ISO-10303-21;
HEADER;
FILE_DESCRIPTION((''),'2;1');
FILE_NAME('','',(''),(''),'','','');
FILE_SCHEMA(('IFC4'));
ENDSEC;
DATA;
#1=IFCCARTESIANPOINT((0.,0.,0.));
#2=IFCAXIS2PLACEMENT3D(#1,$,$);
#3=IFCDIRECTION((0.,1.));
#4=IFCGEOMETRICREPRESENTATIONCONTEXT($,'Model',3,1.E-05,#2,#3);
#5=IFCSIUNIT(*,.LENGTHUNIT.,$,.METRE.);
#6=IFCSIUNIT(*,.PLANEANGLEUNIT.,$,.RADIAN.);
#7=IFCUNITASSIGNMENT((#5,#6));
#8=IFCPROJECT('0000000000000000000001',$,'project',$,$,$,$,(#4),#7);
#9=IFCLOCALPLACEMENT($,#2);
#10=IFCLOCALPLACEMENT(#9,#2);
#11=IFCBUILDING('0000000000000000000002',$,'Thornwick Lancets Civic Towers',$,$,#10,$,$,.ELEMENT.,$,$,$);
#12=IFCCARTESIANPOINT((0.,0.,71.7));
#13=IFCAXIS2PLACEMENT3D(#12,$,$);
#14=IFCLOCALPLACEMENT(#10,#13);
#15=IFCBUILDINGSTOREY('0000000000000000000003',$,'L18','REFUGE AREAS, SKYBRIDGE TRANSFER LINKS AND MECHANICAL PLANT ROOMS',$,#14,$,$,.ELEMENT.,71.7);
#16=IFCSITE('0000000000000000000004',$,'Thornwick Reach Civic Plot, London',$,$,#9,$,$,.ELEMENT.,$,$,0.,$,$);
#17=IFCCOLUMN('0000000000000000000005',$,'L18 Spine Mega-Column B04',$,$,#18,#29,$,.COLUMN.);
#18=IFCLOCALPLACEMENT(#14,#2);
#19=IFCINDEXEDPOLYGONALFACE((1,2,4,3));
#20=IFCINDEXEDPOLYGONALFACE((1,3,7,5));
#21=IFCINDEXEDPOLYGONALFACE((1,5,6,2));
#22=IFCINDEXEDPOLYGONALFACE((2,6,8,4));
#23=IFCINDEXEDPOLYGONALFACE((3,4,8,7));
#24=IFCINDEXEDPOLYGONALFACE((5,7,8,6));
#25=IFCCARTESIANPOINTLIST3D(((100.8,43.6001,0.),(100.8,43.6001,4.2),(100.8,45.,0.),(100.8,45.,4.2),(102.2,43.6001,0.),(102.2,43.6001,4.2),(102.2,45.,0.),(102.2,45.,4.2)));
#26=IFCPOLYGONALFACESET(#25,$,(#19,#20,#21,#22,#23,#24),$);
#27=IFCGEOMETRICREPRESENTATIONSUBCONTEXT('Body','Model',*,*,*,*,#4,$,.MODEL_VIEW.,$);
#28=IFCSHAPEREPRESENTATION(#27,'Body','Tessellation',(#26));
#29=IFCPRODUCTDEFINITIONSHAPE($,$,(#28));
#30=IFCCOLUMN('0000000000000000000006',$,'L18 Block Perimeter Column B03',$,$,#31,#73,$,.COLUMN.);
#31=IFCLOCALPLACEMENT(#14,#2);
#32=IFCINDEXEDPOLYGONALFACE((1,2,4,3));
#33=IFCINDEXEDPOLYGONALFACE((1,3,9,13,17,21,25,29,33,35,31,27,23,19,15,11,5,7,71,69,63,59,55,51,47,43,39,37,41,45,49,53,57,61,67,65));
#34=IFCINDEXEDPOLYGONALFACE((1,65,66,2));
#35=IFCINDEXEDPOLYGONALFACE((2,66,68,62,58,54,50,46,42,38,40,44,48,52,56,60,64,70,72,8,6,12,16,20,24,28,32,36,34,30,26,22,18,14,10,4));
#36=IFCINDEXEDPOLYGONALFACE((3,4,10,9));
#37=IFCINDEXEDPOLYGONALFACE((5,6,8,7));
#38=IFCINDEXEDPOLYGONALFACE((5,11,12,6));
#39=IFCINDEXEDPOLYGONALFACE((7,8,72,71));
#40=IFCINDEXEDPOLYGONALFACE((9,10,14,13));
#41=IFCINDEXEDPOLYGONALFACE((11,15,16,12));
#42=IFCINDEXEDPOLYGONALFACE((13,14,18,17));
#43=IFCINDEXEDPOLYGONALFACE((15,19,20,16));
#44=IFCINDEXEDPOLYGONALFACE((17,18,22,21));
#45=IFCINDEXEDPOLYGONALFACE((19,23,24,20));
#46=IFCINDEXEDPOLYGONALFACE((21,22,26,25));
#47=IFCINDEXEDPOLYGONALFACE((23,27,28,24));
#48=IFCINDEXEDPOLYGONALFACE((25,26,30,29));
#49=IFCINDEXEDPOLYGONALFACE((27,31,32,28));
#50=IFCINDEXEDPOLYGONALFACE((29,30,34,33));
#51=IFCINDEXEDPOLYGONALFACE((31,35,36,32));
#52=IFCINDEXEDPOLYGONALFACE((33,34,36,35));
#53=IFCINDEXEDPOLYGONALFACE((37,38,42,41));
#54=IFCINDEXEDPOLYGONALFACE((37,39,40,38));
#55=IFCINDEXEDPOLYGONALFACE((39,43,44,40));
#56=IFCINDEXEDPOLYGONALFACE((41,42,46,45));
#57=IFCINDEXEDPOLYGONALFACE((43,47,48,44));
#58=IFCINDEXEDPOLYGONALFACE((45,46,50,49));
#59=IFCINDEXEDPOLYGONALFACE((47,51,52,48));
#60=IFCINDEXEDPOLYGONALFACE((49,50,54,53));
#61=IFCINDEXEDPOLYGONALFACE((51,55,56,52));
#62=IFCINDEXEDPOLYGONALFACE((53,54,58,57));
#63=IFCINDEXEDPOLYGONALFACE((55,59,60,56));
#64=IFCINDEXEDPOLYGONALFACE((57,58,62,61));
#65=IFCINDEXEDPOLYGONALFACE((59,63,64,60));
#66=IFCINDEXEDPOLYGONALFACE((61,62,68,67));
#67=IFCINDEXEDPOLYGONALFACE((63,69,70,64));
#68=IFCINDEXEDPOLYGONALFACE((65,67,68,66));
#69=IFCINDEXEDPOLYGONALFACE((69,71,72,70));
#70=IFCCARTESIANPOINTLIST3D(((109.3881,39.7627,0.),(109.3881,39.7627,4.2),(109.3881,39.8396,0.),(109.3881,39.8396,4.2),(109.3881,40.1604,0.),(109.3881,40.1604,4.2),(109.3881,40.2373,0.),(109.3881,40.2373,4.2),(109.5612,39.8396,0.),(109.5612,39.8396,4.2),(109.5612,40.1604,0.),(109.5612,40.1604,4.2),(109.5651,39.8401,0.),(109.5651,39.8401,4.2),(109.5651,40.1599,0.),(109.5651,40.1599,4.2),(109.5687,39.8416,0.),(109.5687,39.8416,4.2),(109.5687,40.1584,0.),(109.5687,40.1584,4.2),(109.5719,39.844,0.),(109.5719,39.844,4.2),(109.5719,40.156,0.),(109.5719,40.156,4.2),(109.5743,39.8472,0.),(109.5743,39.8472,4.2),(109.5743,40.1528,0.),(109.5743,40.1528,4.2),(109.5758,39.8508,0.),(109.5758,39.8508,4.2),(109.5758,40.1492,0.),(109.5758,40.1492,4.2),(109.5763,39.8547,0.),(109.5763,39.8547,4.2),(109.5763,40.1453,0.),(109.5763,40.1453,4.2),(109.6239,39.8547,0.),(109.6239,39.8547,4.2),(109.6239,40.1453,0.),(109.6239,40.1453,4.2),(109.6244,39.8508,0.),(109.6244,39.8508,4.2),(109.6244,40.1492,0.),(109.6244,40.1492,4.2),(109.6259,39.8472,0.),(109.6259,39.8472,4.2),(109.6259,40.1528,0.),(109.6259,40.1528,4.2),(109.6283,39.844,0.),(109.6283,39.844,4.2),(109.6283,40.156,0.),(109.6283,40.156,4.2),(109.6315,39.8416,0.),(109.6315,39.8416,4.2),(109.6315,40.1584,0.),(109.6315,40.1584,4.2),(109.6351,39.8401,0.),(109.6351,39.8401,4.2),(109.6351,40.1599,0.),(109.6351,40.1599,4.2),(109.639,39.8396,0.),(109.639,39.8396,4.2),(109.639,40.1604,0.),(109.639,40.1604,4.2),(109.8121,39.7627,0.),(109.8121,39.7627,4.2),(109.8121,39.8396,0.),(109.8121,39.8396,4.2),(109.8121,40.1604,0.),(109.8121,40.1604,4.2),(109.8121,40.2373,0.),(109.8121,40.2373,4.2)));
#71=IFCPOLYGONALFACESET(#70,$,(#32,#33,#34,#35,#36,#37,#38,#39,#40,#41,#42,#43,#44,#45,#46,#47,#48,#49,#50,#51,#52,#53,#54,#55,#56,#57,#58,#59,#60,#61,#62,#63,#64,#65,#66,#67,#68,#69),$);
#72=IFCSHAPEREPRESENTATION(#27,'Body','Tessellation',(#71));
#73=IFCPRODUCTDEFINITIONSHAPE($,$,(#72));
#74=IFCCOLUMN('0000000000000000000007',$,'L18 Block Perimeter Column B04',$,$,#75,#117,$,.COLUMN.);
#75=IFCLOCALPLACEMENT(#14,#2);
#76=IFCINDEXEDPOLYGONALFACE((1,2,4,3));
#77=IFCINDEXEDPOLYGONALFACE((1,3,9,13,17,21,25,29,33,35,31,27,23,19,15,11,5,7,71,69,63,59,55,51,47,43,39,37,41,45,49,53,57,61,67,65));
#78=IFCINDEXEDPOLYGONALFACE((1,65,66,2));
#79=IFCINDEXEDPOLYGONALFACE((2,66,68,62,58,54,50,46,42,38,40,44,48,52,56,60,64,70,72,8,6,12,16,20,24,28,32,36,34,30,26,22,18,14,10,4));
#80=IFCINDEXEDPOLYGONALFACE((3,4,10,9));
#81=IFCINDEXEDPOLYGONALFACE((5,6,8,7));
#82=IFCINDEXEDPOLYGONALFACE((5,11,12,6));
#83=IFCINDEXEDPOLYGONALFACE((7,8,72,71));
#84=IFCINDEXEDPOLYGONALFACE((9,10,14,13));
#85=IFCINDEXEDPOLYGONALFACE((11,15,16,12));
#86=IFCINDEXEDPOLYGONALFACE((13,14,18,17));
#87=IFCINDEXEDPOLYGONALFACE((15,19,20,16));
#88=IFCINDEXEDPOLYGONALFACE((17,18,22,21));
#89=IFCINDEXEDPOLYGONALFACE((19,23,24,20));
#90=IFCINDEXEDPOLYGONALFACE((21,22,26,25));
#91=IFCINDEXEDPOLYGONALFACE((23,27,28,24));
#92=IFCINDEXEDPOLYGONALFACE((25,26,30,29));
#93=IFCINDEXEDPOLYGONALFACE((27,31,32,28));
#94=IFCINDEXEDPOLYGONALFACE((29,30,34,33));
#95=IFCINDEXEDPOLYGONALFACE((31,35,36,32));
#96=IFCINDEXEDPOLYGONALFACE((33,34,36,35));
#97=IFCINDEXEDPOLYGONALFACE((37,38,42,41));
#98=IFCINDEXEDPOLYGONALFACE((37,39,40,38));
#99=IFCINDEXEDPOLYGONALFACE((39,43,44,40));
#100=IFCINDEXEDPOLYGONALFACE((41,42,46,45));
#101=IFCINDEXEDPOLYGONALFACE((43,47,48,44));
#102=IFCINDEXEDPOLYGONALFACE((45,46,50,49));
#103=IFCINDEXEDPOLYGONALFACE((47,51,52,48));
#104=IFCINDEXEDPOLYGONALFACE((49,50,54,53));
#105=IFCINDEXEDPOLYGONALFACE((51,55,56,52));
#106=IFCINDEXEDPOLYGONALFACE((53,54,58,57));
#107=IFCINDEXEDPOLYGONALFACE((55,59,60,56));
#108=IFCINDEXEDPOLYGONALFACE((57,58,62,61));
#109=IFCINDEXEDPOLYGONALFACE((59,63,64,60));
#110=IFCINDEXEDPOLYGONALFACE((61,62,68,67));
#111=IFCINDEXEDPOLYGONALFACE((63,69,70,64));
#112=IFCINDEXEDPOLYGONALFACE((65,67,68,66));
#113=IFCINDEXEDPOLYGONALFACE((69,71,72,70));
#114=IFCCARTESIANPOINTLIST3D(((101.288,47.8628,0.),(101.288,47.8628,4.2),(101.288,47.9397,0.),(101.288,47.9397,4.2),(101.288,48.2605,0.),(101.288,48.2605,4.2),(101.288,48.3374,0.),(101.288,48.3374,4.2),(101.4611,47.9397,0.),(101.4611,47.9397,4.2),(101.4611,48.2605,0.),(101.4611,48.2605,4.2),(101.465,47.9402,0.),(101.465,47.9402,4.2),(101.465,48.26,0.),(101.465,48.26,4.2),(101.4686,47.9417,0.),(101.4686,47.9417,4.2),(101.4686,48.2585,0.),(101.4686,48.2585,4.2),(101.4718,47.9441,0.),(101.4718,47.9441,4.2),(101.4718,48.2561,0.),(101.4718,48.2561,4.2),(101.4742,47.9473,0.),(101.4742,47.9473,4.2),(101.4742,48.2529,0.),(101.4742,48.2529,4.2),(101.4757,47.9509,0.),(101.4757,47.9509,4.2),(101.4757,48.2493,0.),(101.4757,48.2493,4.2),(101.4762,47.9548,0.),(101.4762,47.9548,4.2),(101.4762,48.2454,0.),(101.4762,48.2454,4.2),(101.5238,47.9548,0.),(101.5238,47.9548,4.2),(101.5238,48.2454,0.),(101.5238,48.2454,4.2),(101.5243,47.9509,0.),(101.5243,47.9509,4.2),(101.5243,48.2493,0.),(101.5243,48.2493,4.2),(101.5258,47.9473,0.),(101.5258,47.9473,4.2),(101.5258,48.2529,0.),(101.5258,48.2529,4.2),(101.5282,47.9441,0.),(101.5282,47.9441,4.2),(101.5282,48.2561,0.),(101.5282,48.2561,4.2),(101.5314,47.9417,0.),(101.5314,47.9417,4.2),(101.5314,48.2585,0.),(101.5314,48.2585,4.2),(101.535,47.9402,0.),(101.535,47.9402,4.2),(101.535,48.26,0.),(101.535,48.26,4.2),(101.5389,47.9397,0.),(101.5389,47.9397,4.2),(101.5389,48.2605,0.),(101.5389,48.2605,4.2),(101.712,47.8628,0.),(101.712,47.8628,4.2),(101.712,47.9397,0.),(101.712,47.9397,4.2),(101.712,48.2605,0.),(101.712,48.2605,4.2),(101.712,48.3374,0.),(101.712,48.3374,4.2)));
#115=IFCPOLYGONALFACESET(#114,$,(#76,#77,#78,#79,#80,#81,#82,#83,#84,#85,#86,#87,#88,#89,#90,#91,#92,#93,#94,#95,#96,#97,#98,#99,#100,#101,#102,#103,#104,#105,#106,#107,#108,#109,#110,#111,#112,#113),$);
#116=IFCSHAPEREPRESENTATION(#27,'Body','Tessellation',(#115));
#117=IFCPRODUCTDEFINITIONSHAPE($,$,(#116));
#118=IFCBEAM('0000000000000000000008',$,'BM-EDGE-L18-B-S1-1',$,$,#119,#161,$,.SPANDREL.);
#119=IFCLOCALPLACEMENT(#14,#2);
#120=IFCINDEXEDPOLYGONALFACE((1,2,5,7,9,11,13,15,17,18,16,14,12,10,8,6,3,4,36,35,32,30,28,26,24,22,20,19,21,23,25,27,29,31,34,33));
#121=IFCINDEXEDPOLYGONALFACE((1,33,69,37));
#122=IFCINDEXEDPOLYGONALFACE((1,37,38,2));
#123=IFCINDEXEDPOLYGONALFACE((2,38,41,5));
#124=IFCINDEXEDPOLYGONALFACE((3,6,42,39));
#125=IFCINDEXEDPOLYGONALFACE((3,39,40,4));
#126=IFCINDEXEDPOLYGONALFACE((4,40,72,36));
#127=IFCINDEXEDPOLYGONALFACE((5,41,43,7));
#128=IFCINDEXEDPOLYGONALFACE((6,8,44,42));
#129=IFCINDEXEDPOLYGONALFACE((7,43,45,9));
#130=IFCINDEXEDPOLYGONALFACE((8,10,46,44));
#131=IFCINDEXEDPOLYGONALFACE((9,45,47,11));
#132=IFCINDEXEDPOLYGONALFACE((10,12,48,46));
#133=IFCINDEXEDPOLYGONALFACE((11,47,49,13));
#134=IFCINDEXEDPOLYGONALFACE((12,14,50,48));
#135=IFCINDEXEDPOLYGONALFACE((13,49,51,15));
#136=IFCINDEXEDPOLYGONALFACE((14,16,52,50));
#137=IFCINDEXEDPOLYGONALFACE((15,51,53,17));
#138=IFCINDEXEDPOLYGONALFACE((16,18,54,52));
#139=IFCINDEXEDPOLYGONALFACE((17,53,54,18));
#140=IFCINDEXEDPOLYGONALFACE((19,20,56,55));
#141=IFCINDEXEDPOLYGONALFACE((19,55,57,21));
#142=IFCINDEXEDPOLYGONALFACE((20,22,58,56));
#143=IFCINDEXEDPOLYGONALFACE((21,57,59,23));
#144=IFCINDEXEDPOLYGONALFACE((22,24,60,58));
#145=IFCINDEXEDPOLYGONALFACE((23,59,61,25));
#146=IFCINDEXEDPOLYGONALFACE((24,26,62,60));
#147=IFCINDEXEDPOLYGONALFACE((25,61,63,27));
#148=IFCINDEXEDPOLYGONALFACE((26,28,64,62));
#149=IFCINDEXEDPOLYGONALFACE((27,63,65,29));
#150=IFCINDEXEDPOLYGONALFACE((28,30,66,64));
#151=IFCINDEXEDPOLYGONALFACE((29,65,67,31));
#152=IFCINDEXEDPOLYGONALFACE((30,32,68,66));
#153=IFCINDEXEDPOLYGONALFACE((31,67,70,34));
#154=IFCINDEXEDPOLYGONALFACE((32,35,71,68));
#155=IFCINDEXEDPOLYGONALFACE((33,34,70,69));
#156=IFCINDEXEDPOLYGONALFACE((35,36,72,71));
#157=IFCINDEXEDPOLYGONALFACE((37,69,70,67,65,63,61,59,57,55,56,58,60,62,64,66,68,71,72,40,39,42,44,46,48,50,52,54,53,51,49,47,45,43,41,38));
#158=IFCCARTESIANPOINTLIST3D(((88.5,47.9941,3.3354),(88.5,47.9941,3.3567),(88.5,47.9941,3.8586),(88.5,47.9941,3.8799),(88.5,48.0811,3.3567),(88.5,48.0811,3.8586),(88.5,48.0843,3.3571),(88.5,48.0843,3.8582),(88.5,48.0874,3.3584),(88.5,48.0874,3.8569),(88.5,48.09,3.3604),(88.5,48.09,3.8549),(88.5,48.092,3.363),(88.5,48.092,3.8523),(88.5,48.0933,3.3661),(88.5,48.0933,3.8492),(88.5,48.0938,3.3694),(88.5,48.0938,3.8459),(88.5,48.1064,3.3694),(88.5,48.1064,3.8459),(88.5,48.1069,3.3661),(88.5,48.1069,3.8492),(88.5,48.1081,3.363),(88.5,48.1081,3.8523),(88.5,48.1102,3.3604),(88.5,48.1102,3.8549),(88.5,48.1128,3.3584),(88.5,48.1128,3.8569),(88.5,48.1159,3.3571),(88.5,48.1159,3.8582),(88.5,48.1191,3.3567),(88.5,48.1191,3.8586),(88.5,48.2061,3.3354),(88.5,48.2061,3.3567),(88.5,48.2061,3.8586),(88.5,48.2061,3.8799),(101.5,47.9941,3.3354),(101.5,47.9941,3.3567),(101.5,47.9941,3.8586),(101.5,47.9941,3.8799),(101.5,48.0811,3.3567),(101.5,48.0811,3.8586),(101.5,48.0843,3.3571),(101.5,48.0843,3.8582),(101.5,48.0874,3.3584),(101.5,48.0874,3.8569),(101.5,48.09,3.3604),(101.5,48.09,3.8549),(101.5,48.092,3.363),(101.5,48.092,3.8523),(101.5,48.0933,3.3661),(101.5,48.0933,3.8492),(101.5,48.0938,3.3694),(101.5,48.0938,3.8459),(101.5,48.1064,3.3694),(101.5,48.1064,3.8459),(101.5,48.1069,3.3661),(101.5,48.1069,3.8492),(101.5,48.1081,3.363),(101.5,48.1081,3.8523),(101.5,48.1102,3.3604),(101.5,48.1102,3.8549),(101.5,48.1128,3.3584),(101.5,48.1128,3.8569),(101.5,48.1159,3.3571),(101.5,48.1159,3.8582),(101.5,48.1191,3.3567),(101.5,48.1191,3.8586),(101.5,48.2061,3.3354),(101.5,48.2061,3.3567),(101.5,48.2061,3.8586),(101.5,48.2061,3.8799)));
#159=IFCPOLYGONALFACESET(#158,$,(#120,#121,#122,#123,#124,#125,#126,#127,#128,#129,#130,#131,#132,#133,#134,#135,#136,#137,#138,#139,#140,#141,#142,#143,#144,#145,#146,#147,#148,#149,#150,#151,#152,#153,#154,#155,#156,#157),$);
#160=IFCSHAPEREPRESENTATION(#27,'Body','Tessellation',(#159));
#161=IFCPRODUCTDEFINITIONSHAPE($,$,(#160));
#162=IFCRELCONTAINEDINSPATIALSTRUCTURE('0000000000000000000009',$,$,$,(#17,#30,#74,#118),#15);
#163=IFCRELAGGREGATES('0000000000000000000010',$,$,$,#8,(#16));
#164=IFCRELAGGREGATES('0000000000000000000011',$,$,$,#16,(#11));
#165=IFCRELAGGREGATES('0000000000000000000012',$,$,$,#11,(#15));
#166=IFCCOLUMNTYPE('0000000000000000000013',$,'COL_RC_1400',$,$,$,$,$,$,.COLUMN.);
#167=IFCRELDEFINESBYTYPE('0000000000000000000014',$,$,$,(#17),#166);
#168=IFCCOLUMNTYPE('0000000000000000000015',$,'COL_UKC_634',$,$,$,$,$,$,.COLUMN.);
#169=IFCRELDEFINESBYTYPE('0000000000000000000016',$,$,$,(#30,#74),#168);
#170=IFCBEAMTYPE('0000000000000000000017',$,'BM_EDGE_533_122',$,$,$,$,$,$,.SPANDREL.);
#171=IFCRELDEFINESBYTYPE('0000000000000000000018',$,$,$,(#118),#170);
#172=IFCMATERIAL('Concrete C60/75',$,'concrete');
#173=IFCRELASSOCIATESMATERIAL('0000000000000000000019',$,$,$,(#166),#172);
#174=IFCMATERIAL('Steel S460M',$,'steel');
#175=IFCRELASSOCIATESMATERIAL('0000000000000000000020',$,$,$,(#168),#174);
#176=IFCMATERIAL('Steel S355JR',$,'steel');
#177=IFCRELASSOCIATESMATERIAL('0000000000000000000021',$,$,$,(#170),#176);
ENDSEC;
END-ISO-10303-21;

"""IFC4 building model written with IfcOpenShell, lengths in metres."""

from ifc_helpers import new_model, si_unit, direction, frame, origin, origin_2d, place, context, subcontext, project, spatial, rectangle, i_section, extrude, material, material_profile, profile_set, type_object, element, save


model = new_model("IFC4")

# Units and contexts
model_context = context("Model", 3, precision=1e-05, world=origin(), true_north=direction((0.0, 1.0)))
body_context = subcontext(model_context, "Body", "Model", "MODEL_VIEW")
ifc_project = project(units=[si_unit("LENGTHUNIT", "METRE"), si_unit("PLANEANGLEUNIT", "RADIAN")], contexts=[model_context])

# Site, building, storey
site_placement = place(None, origin())
site = spatial("IfcSite", under=ifc_project, at=site_placement, Name="Thornwick Reach Civic Plot, London", CompositionType="ELEMENT", RefElevation=0.0)
building_placement = place(site_placement, origin())
building = spatial("IfcBuilding", under=site, at=building_placement, Name="Thornwick Lancets Civic Towers", CompositionType="ELEMENT")
storey_placement = place(building_placement, frame((0.0, 0.0, 71.7)))
storey = spatial("IfcBuildingStorey", under=building, at=storey_placement, Name="L18", Description="REFUGE AREAS, SKYBRIDGE TRANSFER LINKS AND MECHANICAL PLANT ROOMS", CompositionType="ELEMENT", Elevation=71.7)

# Columns
ifc_material_1 = material(Name="Concrete C60/75", Category="concrete")
ifc_material_profile_1 = material_profile(ifc_material_1, rectangle(XDim=1.3999, YDim=1.3999, at=origin_2d()), Name="RC 1400x1400")
ifc_profile_set_1 = profile_set([ifc_material_profile_1], Name="Concrete C60/75")
column_type_1 = type_object("IfcColumnType", Name="COL_RC_1400", PredefinedType="COLUMN", material=ifc_profile_set_1)
column_placement = place(storey_placement, frame((101.5, 44.3, 0.0), z_axis=(0.0, 0.0, 1.0), x_axis=(1.0, 0.0, 0.0)))
element("IfcColumn", 1, at=column_placement, inside=storey, type_object=column_type_1, Name="L18 Spine Mega-Column B04", PredefinedType="COLUMN", context=body_context, shape_type="SweptSolid", body=[
    extrude(rectangle(XDim=1.3999, YDim=1.3999, at=origin_2d()), origin(), (0.0, 0.0, 1.0), 4.2),
])
ifc_material_2 = material(Name="Steel S460M", Category="steel")
ifc_material_profile_2 = material_profile(ifc_material_2, i_section(OverallWidth=0.4241, OverallDepth=0.4746, WebThickness=0.0476, FlangeThickness=0.0769, FilletRadius=0.0151, at=origin_2d()), Name="UKC 356x406x634")
ifc_profile_set_2 = profile_set([ifc_material_profile_2], Name="Steel S460M")
column_type_2 = type_object("IfcColumnType", Name="COL_UKC_634", PredefinedType="COLUMN", material=ifc_profile_set_2)
for number, where, z_axis, x_axis, name in (
    (2, (109.6001, 40.0, 0.0), (0.0, 0.0, 1.0), (1.0, 0.0, 0.0), "L18 Block Perimeter Column B03"),
    (3, (101.5, 48.1001, 0.0), (0.0, 0.0, 1.0), (1.0, 0.0, 0.0), "L18 Block Perimeter Column B04"),
):
    element("IfcColumn", number, at=place(storey_placement, frame(where, z_axis=z_axis, x_axis=x_axis)), inside=storey, type_object=column_type_2, Name=name, PredefinedType="COLUMN", context=body_context, shape_type="SweptSolid", body=[
        extrude(i_section(OverallWidth=0.4241, OverallDepth=0.4746, WebThickness=0.0476, FlangeThickness=0.0769, FilletRadius=0.0151, at=origin_2d()), origin(), (0.0, 0.0, 1.0), 4.2),
    ])

# Beam
ifc_material_3 = material(Name="Steel S355JR", Category="steel")
ifc_material_profile_3 = material_profile(ifc_material_3, i_section(OverallWidth=0.2119, OverallDepth=0.5444, WebThickness=0.0127, FlangeThickness=0.0212, FilletRadius=0.0127, at=origin_2d()), Name="UKB 533x210x122")
ifc_profile_set_3 = profile_set([ifc_material_profile_3], Name="Steel S355JR")
beam_type_1 = type_object("IfcBeamType", Name="BM_EDGE_533_122", PredefinedType="SPANDREL", material=ifc_profile_set_3)
beam_1_placement = place(storey_placement, frame((101.5, 48.1001, 3.6077), z_axis=(-1.0, 0.0, 0.0), x_axis=(0.0, -1.0, 0.0)))
element("IfcBeam", 4, at=beam_1_placement, inside=storey, type_object=beam_type_1, Name="BM-EDGE-L18-B-S1-1", PredefinedType="SPANDREL", context=body_context, shape_type="SweptSolid", body=[
    extrude(i_section(OverallWidth=0.2119, OverallDepth=0.5444, WebThickness=0.0127, FlangeThickness=0.0212, FilletRadius=0.0127, at=origin_2d()), origin(), (0.0, 0.0, 1.0), 13.0),
])

save(model, "model.ifc")
